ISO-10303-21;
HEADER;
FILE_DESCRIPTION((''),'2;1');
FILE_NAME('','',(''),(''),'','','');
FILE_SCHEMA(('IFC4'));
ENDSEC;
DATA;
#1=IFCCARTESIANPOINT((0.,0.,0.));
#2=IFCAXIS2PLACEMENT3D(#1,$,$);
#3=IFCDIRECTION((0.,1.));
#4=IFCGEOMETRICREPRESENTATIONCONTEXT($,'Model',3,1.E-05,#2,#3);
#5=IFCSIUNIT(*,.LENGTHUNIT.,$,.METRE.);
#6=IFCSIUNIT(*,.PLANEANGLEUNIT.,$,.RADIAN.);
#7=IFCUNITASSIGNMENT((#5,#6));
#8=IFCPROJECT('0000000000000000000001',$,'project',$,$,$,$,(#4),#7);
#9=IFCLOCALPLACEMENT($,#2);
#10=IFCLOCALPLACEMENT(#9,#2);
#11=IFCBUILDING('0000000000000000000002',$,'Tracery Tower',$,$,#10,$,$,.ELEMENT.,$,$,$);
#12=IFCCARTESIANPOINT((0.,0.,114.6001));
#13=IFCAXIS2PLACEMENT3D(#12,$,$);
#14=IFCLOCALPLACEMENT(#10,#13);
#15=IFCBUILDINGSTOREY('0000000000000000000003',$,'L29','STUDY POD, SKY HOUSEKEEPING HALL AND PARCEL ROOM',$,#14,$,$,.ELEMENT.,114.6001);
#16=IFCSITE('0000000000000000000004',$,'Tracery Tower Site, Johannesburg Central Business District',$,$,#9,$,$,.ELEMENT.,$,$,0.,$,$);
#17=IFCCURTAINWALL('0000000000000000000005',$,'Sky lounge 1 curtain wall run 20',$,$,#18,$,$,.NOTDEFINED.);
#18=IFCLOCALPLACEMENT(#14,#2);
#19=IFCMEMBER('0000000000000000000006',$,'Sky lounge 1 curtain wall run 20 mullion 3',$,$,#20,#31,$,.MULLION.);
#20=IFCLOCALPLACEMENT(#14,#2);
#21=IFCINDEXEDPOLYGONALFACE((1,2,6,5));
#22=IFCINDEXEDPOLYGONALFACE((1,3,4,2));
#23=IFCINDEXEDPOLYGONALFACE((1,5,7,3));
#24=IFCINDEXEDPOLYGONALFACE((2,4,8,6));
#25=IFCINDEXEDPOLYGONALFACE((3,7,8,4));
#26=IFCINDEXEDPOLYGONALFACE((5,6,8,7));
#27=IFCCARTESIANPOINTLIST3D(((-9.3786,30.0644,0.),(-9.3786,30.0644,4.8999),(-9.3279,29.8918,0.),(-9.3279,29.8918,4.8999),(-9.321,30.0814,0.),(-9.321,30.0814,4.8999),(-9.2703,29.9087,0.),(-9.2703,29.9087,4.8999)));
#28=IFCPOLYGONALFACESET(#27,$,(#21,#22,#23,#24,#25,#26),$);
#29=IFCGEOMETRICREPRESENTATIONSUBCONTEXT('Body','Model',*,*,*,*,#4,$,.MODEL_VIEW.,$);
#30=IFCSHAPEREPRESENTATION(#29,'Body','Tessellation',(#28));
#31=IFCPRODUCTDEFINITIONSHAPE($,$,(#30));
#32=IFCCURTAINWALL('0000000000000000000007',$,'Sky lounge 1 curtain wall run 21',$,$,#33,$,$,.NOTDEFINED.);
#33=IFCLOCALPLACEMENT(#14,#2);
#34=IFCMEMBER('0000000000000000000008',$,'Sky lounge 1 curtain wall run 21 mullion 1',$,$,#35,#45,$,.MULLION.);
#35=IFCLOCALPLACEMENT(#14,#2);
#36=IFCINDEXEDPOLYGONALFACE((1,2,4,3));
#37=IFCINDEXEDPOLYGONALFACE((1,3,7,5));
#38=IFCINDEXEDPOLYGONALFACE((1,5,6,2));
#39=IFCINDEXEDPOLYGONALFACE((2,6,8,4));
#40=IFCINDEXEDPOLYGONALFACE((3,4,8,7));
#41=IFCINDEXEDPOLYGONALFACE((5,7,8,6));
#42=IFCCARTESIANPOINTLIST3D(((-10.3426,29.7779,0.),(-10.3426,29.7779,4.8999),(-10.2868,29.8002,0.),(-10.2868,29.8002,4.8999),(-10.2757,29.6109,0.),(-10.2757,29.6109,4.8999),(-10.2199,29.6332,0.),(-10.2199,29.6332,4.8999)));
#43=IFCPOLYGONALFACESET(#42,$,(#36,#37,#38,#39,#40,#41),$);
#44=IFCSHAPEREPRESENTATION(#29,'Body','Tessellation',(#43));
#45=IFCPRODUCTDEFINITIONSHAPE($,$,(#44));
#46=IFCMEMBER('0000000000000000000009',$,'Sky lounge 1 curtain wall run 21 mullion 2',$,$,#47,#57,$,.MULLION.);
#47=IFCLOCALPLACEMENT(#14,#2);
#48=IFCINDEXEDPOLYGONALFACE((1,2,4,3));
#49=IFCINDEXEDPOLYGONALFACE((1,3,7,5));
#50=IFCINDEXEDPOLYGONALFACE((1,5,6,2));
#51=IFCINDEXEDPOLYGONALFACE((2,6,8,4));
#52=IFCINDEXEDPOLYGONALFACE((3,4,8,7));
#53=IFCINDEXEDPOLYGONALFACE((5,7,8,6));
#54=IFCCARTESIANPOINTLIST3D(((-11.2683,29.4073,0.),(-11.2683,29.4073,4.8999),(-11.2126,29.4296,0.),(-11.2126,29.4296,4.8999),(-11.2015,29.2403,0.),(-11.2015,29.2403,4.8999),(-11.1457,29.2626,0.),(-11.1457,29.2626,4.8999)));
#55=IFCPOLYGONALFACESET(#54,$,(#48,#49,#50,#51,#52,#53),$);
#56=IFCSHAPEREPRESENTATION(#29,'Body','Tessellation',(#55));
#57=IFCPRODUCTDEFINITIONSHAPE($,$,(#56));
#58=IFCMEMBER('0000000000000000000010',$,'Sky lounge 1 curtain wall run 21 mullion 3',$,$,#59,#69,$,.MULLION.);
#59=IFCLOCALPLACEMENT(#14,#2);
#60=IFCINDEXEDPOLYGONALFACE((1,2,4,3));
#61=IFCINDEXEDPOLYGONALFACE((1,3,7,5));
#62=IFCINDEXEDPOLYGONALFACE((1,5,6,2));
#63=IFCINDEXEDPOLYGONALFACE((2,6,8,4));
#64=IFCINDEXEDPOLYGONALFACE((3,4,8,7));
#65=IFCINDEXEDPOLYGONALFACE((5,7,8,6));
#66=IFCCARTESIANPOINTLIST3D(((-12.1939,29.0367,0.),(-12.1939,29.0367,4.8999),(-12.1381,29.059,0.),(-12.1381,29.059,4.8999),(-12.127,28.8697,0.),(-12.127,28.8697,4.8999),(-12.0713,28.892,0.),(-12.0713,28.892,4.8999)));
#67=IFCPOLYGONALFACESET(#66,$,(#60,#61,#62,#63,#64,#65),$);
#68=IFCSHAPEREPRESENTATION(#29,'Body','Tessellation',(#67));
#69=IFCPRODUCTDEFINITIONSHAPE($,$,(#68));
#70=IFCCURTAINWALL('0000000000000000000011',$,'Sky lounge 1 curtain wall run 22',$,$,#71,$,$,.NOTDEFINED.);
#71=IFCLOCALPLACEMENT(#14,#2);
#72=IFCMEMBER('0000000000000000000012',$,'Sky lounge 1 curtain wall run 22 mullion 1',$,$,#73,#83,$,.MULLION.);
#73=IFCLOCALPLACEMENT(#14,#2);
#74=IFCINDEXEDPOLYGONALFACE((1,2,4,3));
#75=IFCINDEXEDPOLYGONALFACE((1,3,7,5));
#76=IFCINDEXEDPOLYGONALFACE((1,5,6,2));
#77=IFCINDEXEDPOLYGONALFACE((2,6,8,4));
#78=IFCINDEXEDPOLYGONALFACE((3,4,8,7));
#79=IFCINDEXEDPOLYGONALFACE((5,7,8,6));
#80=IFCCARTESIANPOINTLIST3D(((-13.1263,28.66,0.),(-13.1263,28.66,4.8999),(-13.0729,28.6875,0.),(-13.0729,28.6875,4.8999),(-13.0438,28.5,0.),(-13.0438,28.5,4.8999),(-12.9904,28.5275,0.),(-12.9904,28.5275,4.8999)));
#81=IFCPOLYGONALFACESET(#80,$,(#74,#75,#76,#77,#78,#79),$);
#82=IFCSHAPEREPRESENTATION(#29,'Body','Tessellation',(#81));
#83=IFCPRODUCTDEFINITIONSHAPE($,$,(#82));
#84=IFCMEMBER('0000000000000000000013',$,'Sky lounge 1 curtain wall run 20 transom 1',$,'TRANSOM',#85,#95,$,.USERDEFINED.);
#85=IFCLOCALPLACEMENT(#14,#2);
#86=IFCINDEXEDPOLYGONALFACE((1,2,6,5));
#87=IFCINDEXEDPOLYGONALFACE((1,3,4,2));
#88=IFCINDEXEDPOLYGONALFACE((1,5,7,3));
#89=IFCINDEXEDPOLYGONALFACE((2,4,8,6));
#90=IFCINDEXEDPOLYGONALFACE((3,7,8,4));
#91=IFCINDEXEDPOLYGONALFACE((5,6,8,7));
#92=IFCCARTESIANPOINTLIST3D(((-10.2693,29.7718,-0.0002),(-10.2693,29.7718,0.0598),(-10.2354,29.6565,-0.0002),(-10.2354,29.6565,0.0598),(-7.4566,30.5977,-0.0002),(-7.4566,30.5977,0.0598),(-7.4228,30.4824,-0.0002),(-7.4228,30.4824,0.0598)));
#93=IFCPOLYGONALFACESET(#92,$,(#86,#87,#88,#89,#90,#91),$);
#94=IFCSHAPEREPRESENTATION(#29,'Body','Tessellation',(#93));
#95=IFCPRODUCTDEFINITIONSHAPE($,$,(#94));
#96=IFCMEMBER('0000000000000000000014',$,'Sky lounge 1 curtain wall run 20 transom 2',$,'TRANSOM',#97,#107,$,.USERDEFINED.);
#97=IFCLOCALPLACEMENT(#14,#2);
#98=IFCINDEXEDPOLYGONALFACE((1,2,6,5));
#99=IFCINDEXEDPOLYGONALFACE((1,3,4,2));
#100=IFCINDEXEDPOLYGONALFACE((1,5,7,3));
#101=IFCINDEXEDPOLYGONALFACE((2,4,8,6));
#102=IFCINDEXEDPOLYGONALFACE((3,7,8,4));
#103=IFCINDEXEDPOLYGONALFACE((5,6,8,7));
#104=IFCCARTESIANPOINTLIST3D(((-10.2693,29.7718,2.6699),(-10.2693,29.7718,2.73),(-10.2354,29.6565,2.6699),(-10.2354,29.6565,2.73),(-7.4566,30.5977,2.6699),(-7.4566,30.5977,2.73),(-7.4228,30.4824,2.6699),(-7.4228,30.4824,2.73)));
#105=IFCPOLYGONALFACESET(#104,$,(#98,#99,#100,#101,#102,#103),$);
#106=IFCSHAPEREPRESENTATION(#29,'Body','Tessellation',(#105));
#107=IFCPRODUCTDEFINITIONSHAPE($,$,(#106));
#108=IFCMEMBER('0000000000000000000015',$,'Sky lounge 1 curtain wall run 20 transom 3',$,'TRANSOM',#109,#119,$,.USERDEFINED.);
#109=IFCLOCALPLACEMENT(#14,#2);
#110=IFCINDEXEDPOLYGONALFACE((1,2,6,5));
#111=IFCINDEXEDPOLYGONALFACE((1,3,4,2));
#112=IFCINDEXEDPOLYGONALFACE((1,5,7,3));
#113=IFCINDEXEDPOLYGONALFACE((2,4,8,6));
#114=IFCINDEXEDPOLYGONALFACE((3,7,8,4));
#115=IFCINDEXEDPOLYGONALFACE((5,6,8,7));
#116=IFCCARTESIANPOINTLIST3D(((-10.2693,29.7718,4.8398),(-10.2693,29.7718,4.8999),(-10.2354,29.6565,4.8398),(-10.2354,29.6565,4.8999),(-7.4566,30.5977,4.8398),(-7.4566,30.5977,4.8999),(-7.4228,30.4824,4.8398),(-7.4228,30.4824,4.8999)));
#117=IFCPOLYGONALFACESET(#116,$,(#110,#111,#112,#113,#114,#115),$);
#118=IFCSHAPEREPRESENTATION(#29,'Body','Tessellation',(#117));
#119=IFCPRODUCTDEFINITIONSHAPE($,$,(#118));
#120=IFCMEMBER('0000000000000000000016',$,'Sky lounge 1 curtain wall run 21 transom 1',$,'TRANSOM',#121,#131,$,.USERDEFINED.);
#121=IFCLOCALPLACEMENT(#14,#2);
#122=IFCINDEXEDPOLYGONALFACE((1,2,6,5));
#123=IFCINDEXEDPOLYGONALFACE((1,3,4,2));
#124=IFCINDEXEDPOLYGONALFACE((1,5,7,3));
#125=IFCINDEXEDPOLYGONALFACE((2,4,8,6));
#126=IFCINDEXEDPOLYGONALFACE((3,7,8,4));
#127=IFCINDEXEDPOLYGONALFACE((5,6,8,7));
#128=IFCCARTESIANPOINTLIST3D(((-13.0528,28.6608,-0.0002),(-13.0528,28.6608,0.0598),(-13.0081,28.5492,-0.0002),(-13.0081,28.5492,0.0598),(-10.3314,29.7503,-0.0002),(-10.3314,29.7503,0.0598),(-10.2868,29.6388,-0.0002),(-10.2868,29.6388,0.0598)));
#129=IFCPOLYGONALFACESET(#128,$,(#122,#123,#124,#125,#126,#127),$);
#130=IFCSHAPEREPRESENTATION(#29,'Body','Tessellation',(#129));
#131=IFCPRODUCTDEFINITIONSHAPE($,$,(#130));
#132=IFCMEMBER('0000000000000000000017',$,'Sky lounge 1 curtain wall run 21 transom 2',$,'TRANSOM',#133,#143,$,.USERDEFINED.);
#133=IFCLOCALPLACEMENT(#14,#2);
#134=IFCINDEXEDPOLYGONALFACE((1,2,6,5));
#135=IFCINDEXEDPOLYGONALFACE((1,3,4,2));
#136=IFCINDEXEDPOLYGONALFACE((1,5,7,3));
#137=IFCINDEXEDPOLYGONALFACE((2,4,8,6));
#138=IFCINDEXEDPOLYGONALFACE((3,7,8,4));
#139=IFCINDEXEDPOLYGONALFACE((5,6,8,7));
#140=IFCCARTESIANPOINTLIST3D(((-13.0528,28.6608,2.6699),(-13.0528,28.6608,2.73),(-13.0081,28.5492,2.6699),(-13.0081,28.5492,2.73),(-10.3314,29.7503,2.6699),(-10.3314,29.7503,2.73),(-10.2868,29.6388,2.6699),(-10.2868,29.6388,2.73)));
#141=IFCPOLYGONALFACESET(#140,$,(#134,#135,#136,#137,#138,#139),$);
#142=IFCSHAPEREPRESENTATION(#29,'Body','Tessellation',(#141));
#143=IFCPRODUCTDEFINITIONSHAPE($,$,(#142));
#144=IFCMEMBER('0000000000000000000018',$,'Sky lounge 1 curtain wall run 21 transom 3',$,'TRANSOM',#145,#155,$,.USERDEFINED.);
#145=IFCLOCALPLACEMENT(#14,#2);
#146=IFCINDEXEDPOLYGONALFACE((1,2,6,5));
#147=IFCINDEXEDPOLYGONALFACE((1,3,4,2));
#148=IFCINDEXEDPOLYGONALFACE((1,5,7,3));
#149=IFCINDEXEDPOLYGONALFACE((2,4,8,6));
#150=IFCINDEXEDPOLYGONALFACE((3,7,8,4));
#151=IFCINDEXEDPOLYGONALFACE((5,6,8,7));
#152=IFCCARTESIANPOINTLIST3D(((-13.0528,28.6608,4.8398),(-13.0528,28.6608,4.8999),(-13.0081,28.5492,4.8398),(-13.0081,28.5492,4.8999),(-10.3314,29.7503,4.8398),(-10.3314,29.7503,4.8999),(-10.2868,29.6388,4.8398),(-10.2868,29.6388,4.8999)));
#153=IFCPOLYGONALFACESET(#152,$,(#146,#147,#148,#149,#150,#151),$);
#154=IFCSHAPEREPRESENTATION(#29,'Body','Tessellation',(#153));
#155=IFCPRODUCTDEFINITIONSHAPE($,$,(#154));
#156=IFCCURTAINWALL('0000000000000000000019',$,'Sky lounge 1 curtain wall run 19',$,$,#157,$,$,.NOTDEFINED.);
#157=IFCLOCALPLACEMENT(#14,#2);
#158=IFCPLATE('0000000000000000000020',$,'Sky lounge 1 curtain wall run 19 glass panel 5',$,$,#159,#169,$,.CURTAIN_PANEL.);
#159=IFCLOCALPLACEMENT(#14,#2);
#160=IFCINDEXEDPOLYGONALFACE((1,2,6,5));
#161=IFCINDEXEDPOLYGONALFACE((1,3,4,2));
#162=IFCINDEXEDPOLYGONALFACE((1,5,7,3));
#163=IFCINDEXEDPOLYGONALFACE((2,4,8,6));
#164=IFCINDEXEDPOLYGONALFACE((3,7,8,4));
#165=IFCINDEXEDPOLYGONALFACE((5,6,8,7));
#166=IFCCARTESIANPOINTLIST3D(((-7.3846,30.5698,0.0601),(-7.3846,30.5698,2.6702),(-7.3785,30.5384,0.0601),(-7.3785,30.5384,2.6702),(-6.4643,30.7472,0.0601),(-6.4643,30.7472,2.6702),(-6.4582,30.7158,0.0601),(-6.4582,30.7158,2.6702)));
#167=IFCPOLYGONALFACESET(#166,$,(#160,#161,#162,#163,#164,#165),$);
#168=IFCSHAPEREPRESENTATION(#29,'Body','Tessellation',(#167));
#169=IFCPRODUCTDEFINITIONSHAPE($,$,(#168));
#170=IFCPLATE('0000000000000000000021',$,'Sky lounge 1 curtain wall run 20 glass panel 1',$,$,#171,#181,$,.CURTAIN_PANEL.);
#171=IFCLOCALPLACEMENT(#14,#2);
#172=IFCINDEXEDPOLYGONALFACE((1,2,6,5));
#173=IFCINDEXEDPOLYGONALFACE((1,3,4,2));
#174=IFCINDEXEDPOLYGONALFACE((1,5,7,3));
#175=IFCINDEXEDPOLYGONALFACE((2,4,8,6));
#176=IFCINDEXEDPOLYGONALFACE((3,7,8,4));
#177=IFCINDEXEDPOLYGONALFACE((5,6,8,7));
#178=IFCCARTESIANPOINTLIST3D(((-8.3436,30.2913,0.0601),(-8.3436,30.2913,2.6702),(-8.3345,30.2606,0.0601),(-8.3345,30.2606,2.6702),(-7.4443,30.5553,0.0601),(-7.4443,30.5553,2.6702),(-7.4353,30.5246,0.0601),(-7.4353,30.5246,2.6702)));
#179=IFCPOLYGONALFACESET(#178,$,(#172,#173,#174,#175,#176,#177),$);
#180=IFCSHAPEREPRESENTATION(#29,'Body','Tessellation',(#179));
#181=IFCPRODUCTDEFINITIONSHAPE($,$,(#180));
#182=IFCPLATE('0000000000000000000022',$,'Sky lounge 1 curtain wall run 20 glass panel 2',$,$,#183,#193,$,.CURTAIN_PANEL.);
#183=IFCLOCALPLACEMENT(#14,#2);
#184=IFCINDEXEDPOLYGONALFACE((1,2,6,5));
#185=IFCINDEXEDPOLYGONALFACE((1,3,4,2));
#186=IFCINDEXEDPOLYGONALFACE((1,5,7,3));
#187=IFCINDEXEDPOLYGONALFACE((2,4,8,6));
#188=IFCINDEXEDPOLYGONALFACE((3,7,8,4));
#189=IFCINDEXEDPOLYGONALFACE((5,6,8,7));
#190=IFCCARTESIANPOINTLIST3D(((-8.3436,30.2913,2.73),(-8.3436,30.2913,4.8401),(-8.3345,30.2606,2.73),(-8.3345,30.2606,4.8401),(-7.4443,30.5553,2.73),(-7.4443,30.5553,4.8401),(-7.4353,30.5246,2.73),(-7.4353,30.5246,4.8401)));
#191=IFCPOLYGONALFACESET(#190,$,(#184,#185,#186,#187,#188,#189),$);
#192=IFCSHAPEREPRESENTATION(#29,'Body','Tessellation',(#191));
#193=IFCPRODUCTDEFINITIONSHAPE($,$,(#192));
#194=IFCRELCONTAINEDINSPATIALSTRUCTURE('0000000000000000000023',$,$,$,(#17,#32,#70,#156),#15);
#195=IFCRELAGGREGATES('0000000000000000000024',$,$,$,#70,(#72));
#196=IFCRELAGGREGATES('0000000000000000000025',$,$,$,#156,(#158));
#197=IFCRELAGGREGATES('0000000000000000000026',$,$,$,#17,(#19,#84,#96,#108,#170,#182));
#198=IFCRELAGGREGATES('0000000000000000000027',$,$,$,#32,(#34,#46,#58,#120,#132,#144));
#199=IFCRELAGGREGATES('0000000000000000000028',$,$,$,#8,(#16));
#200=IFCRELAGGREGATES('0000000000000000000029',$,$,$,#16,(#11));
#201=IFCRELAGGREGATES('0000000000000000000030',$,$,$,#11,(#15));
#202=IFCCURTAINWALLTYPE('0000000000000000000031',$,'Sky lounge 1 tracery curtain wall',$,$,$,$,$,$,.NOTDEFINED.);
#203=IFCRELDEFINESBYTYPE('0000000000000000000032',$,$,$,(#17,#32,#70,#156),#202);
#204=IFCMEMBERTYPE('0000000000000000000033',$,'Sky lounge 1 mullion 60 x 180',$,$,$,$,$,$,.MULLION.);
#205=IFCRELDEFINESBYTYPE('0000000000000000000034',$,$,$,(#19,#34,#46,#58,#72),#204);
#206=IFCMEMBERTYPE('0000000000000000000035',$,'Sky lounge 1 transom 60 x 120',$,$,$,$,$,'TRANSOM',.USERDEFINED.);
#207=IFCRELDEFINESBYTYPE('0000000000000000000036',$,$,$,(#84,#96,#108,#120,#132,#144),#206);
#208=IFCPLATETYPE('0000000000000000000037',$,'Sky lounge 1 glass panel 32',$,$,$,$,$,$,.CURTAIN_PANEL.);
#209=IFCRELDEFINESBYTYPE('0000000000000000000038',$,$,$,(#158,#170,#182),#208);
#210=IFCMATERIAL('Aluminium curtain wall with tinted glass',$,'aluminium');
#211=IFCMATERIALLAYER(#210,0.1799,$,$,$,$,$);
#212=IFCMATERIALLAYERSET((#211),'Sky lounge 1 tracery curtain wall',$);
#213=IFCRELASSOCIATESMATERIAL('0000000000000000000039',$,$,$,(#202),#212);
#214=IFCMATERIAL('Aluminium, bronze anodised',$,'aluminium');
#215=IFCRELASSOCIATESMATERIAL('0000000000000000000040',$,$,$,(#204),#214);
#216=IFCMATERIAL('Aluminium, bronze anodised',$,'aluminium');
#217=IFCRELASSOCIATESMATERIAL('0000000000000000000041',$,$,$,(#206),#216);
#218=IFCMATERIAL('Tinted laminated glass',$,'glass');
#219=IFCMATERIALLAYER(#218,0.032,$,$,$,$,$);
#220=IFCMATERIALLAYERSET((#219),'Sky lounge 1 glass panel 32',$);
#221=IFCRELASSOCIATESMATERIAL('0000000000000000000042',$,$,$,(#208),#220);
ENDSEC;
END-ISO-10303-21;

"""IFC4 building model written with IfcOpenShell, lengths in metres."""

from ifc_helpers import new_model, si_unit, direction, frame, origin, origin_2d, place, context, subcontext, project, spatial, rectangle, extrude, material, layer, layer_set, material_profile, profile_set, type_object, element, aggregate, save


model = new_model("IFC4")

# Units and contexts
model_context = context("Model", 3, precision=1e-05, world=origin(), true_north=direction((0.0, 1.0)))
body_context = subcontext(model_context, "Body", "Model", "MODEL_VIEW")
ifc_project = project(units=[si_unit("LENGTHUNIT", "METRE"), si_unit("PLANEANGLEUNIT", "RADIAN")], contexts=[model_context])

# Site, building, storey
site_placement = place(None, origin())
site = spatial("IfcSite", under=ifc_project, at=site_placement, Name="Tracery Tower Site, Johannesburg Central Business District", CompositionType="ELEMENT", RefElevation=0.0)
building_placement = place(site_placement, origin())
building = spatial("IfcBuilding", under=site, at=building_placement, Name="Tracery Tower", CompositionType="ELEMENT")
storey_placement = place(building_placement, frame((0.0, 0.0, 114.6001)))
storey = spatial("IfcBuildingStorey", under=building, at=storey_placement, Name="L29", Description="STUDY POD, SKY HOUSEKEEPING HALL AND PARCEL ROOM", CompositionType="ELEMENT", Elevation=114.6001)

# Curtain walls, members
ifc_material_1 = material(Name="Aluminium curtain wall with tinted glass", Category="aluminium")
ifc_layer_1 = layer(ifc_material_1, 0.1799)
ifc_layer_set_1 = layer_set([ifc_layer_1], Name="Sky lounge 1 tracery curtain wall")
curtain_wall_type = type_object("IfcCurtainWallType", Name="Sky lounge 1 tracery curtain wall", PredefinedType="NOTDEFINED", material=ifc_layer_set_1)
curtain_wall_1_placement = place(storey_placement, origin())
curtain_wall_1 = element("IfcCurtainWall", 1, at=curtain_wall_1_placement, inside=storey, type_object=curtain_wall_type, Name="Sky lounge 1 curtain wall run 20", PredefinedType="NOTDEFINED")
ifc_material_2 = material(Name="Aluminium, bronze anodised", Category="aluminium")
ifc_material_profile_1 = material_profile(ifc_material_2, rectangle(XDim=0.1799, YDim=0.0601, at=origin_2d()), Name="AL 60x180")
ifc_profile_set_1 = profile_set([ifc_material_profile_1], Name="Aluminium, bronze anodised")
member_type_1 = type_object("IfcMemberType", Name="Sky lounge 1 mullion 60 x 180", PredefinedType="MULLION", material=ifc_profile_set_1)
member_1_placement = place(storey_placement, frame((-9.3245, 29.9866, 0.0), z_axis=(0.0, 0.0, 1.0), x_axis=(0.281733, -0.959493, 0.0)))
member_1 = element("IfcMember", 2, at=member_1_placement, type_object=member_type_1, Name="Sky lounge 1 curtain wall run 20 mullion 3", PredefinedType="MULLION", context=body_context, shape_type="SweptSolid", body=[
    extrude(rectangle(XDim=0.1799, YDim=0.0601, at=origin_2d()), origin(), (0.0, 0.0, 1.0), 4.8999),
])
curtain_wall_2_placement = place(storey_placement, origin())
curtain_wall_2 = element("IfcCurtainWall", 3, at=curtain_wall_2_placement, inside=storey, type_object=curtain_wall_type, Name="Sky lounge 1 curtain wall run 21", PredefinedType="NOTDEFINED")
member_2_placement = place(storey_placement, frame((-10.2812, 29.7056, 0.0), z_axis=(0.0, 0.0, 1.0), x_axis=(0.371662, -0.928368, 0.0)))
member_2 = element("IfcMember", 4, at=member_2_placement, type_object=member_type_1, Name="Sky lounge 1 curtain wall run 21 mullion 1", PredefinedType="MULLION", context=body_context, shape_type="SweptSolid", body=[
    extrude(rectangle(XDim=0.1799, YDim=0.0601, at=origin_2d()), origin(), (0.0, 0.0, 1.0), 4.8999),
])
member_3_placement = place(storey_placement, frame((-11.207, 29.335, 0.0), z_axis=(0.0, 0.0, 1.0), x_axis=(0.371662, -0.928368, 0.0)))
member_3 = element("IfcMember", 5, at=member_3_placement, type_object=member_type_1, Name="Sky lounge 1 curtain wall run 21 mullion 2", PredefinedType="MULLION", context=body_context, shape_type="SweptSolid", body=[
    extrude(rectangle(XDim=0.1799, YDim=0.0601, at=origin_2d()), origin(), (0.0, 0.0, 1.0), 4.8999),
])
member_4_placement = place(storey_placement, frame((-12.1326, 28.9644, 0.0), z_axis=(0.0, 0.0, 1.0), x_axis=(0.371662, -0.928368, 0.0)))
member_4 = element("IfcMember", 6, at=member_4_placement, type_object=member_type_1, Name="Sky lounge 1 curtain wall run 21 mullion 3", PredefinedType="MULLION", context=body_context, shape_type="SweptSolid", body=[
    extrude(rectangle(XDim=0.1799, YDim=0.0601, at=origin_2d()), origin(), (0.0, 0.0, 1.0), 4.8999),
])

# Curtain wall, member
curtain_wall_3_placement = place(storey_placement, origin())
curtain_wall_3 = element("IfcCurtainWall", 7, at=curtain_wall_3_placement, inside=storey, type_object=curtain_wall_type, Name="Sky lounge 1 curtain wall run 22", PredefinedType="NOTDEFINED")
member_5_placement = place(storey_placement, frame((-13.0583, 28.5938, 0.0), z_axis=(0.0, 0.0, 1.0), x_axis=(0.458227, -0.888835, 0.0)))
member_5 = element("IfcMember", 8, at=member_5_placement, type_object=member_type_1, Name="Sky lounge 1 curtain wall run 22 mullion 1", PredefinedType="MULLION", context=body_context, shape_type="SweptSolid", body=[
    extrude(rectangle(XDim=0.1799, YDim=0.0601, at=origin_2d()), origin(), (0.0, 0.0, 1.0), 4.8999),
])
aggregate(curtain_wall_3, [member_5])

# Members
ifc_material_3 = material(Name="Aluminium, bronze anodised", Category="aluminium")
ifc_material_profile_2 = material_profile(ifc_material_3, rectangle(XDim=0.1201, YDim=0.0601, at=origin_2d()), Name="AL 60x120")
ifc_profile_set_2 = profile_set([ifc_material_profile_2], Name="Aluminium, bronze anodised")
member_type_2 = type_object("IfcMemberType", Name="Sky lounge 1 transom 60 x 120", ElementType="TRANSOM", PredefinedType="USERDEFINED", material=ifc_profile_set_2)
member_6_placement = place(storey_placement, frame((-7.4397, 30.54, 0.0298), z_axis=(-0.95949, -0.281742, 0.0), x_axis=(0.281742, -0.95949, 0.0)))
member_6 = element("IfcMember", 9, at=member_6_placement, type_object=member_type_2, Name="Sky lounge 1 curtain wall run 20 transom 1", ObjectType="TRANSOM", PredefinedType="USERDEFINED", context=body_context, shape_type="SweptSolid", body=[
    extrude(rectangle(XDim=0.1201, YDim=0.0601, at=origin_2d()), origin(), (0.0, 0.0, 1.0), 2.9314),
])
member_7_placement = place(storey_placement, frame((-7.4397, 30.54, 2.7), z_axis=(-0.95949, -0.281742, 0.0), x_axis=(0.281742, -0.95949, 0.0)))
member_7 = element("IfcMember", 10, at=member_7_placement, type_object=member_type_2, Name="Sky lounge 1 curtain wall run 20 transom 2", ObjectType="TRANSOM", PredefinedType="USERDEFINED", context=body_context, shape_type="SweptSolid", body=[
    extrude(rectangle(XDim=0.1201, YDim=0.0601, at=origin_2d()), origin(), (0.0, 0.0, 1.0), 2.9314),
])
member_8_placement = place(storey_placement, frame((-7.4397, 30.54, 4.8699), z_axis=(-0.95949, -0.281742, 0.0), x_axis=(0.281742, -0.95949, 0.0)))
member_8 = element("IfcMember", 11, at=member_8_placement, type_object=member_type_2, Name="Sky lounge 1 curtain wall run 20 transom 3", ObjectType="TRANSOM", PredefinedType="USERDEFINED", context=body_context, shape_type="SweptSolid", body=[
    extrude(rectangle(XDim=0.1201, YDim=0.0601, at=origin_2d()), origin(), (0.0, 0.0, 1.0), 2.9314),
])
member_9_placement = place(storey_placement, frame((-10.3091, 29.6946, 0.0298), z_axis=(-0.928356, -0.371692, 0.0), x_axis=(0.371692, -0.928356, 0.0)))
member_9 = element("IfcMember", 12, at=member_9_placement, type_object=member_type_2, Name="Sky lounge 1 curtain wall run 21 transom 1", ObjectType="TRANSOM", PredefinedType="USERDEFINED", context=body_context, shape_type="SweptSolid", body=[
    extrude(rectangle(XDim=0.1201, YDim=0.0601, at=origin_2d()), origin(), (0.0, 0.0, 1.0), 2.9314),
])
member_10_placement = place(storey_placement, frame((-10.3091, 29.6946, 2.7), z_axis=(-0.928356, -0.371692, 0.0), x_axis=(0.371692, -0.928356, 0.0)))
member_10 = element("IfcMember", 13, at=member_10_placement, type_object=member_type_2, Name="Sky lounge 1 curtain wall run 21 transom 2", ObjectType="TRANSOM", PredefinedType="USERDEFINED", context=body_context, shape_type="SweptSolid", body=[
    extrude(rectangle(XDim=0.1201, YDim=0.0601, at=origin_2d()), origin(), (0.0, 0.0, 1.0), 2.9314),
])
member_11_placement = place(storey_placement, frame((-10.3091, 29.6946, 4.8699), z_axis=(-0.928356, -0.371692, 0.0), x_axis=(0.371692, -0.928356, 0.0)))
member_11 = element("IfcMember", 14, at=member_11_placement, type_object=member_type_2, Name="Sky lounge 1 curtain wall run 21 transom 3", ObjectType="TRANSOM", PredefinedType="USERDEFINED", context=body_context, shape_type="SweptSolid", body=[
    extrude(rectangle(XDim=0.1201, YDim=0.0601, at=origin_2d()), origin(), (0.0, 0.0, 1.0), 2.9314),
])

# Curtain wall, plate
curtain_wall_4_placement = place(storey_placement, origin())
curtain_wall_4 = element("IfcCurtainWall", 15, at=curtain_wall_4_placement, inside=storey, type_object=curtain_wall_type, Name="Sky lounge 1 curtain wall run 19", PredefinedType="NOTDEFINED")
ifc_material_4 = material(Name="Tinted laminated glass", Category="glass")
ifc_layer_2 = layer(ifc_material_4, 0.032)
ifc_layer_set_2 = layer_set([ifc_layer_2], Name="Sky lounge 1 glass panel 32")
plate_type = type_object("IfcPlateType", Name="Sky lounge 1 glass panel 32", PredefinedType="CURTAIN_PANEL", material=ifc_layer_set_2)
plate_1_placement = place(storey_placement, frame((-6.9214, 30.6428, 0.0601), z_axis=(0.0, 0.0, 1.0), x_axis=(-0.981929, -0.189251, 0.0)))
plate_1 = element("IfcPlate", 16, at=plate_1_placement, type_object=plate_type, Name="Sky lounge 1 curtain wall run 19 glass panel 5", PredefinedType="CURTAIN_PANEL", context=body_context, shape_type="SweptSolid", body=[
    extrude(rectangle(XDim=0.9373, YDim=0.032, at=origin_2d()), origin(), (0.0, 0.0, 1.0), 2.6101),
])
aggregate(curtain_wall_4, [plate_1])

# Plates
plate_2_placement = place(storey_placement, frame((-7.8894, 30.408, 0.0601), z_axis=(0.0, 0.0, 1.0), x_axis=(-0.959493, -0.281733, 0.0)))
plate_2 = element("IfcPlate", 17, at=plate_2_placement, type_object=plate_type, Name="Sky lounge 1 curtain wall run 20 glass panel 1", PredefinedType="CURTAIN_PANEL", context=body_context, shape_type="SweptSolid", body=[
    extrude(rectangle(XDim=0.9373, YDim=0.032, at=origin_2d()), origin(), (0.0, 0.0, 1.0), 2.6101),
])
plate_3_placement = place(storey_placement, frame((-7.8894, 30.408, 2.73), z_axis=(0.0, 0.0, 1.0), x_axis=(-0.959493, -0.281733, 0.0)))
plate_3 = element("IfcPlate", 18, at=plate_3_placement, type_object=plate_type, Name="Sky lounge 1 curtain wall run 20 glass panel 2", PredefinedType="CURTAIN_PANEL", context=body_context, shape_type="SweptSolid", body=[
    extrude(rectangle(XDim=0.9373, YDim=0.032, at=origin_2d()), origin(), (0.0, 0.0, 1.0), 2.1101),
])
aggregate(curtain_wall_1, [member_1, member_6, member_7, member_8, plate_2, plate_3])
aggregate(curtain_wall_2, [member_2, member_3, member_4, member_9, member_10, member_11])

save(model, "model.ifc")
